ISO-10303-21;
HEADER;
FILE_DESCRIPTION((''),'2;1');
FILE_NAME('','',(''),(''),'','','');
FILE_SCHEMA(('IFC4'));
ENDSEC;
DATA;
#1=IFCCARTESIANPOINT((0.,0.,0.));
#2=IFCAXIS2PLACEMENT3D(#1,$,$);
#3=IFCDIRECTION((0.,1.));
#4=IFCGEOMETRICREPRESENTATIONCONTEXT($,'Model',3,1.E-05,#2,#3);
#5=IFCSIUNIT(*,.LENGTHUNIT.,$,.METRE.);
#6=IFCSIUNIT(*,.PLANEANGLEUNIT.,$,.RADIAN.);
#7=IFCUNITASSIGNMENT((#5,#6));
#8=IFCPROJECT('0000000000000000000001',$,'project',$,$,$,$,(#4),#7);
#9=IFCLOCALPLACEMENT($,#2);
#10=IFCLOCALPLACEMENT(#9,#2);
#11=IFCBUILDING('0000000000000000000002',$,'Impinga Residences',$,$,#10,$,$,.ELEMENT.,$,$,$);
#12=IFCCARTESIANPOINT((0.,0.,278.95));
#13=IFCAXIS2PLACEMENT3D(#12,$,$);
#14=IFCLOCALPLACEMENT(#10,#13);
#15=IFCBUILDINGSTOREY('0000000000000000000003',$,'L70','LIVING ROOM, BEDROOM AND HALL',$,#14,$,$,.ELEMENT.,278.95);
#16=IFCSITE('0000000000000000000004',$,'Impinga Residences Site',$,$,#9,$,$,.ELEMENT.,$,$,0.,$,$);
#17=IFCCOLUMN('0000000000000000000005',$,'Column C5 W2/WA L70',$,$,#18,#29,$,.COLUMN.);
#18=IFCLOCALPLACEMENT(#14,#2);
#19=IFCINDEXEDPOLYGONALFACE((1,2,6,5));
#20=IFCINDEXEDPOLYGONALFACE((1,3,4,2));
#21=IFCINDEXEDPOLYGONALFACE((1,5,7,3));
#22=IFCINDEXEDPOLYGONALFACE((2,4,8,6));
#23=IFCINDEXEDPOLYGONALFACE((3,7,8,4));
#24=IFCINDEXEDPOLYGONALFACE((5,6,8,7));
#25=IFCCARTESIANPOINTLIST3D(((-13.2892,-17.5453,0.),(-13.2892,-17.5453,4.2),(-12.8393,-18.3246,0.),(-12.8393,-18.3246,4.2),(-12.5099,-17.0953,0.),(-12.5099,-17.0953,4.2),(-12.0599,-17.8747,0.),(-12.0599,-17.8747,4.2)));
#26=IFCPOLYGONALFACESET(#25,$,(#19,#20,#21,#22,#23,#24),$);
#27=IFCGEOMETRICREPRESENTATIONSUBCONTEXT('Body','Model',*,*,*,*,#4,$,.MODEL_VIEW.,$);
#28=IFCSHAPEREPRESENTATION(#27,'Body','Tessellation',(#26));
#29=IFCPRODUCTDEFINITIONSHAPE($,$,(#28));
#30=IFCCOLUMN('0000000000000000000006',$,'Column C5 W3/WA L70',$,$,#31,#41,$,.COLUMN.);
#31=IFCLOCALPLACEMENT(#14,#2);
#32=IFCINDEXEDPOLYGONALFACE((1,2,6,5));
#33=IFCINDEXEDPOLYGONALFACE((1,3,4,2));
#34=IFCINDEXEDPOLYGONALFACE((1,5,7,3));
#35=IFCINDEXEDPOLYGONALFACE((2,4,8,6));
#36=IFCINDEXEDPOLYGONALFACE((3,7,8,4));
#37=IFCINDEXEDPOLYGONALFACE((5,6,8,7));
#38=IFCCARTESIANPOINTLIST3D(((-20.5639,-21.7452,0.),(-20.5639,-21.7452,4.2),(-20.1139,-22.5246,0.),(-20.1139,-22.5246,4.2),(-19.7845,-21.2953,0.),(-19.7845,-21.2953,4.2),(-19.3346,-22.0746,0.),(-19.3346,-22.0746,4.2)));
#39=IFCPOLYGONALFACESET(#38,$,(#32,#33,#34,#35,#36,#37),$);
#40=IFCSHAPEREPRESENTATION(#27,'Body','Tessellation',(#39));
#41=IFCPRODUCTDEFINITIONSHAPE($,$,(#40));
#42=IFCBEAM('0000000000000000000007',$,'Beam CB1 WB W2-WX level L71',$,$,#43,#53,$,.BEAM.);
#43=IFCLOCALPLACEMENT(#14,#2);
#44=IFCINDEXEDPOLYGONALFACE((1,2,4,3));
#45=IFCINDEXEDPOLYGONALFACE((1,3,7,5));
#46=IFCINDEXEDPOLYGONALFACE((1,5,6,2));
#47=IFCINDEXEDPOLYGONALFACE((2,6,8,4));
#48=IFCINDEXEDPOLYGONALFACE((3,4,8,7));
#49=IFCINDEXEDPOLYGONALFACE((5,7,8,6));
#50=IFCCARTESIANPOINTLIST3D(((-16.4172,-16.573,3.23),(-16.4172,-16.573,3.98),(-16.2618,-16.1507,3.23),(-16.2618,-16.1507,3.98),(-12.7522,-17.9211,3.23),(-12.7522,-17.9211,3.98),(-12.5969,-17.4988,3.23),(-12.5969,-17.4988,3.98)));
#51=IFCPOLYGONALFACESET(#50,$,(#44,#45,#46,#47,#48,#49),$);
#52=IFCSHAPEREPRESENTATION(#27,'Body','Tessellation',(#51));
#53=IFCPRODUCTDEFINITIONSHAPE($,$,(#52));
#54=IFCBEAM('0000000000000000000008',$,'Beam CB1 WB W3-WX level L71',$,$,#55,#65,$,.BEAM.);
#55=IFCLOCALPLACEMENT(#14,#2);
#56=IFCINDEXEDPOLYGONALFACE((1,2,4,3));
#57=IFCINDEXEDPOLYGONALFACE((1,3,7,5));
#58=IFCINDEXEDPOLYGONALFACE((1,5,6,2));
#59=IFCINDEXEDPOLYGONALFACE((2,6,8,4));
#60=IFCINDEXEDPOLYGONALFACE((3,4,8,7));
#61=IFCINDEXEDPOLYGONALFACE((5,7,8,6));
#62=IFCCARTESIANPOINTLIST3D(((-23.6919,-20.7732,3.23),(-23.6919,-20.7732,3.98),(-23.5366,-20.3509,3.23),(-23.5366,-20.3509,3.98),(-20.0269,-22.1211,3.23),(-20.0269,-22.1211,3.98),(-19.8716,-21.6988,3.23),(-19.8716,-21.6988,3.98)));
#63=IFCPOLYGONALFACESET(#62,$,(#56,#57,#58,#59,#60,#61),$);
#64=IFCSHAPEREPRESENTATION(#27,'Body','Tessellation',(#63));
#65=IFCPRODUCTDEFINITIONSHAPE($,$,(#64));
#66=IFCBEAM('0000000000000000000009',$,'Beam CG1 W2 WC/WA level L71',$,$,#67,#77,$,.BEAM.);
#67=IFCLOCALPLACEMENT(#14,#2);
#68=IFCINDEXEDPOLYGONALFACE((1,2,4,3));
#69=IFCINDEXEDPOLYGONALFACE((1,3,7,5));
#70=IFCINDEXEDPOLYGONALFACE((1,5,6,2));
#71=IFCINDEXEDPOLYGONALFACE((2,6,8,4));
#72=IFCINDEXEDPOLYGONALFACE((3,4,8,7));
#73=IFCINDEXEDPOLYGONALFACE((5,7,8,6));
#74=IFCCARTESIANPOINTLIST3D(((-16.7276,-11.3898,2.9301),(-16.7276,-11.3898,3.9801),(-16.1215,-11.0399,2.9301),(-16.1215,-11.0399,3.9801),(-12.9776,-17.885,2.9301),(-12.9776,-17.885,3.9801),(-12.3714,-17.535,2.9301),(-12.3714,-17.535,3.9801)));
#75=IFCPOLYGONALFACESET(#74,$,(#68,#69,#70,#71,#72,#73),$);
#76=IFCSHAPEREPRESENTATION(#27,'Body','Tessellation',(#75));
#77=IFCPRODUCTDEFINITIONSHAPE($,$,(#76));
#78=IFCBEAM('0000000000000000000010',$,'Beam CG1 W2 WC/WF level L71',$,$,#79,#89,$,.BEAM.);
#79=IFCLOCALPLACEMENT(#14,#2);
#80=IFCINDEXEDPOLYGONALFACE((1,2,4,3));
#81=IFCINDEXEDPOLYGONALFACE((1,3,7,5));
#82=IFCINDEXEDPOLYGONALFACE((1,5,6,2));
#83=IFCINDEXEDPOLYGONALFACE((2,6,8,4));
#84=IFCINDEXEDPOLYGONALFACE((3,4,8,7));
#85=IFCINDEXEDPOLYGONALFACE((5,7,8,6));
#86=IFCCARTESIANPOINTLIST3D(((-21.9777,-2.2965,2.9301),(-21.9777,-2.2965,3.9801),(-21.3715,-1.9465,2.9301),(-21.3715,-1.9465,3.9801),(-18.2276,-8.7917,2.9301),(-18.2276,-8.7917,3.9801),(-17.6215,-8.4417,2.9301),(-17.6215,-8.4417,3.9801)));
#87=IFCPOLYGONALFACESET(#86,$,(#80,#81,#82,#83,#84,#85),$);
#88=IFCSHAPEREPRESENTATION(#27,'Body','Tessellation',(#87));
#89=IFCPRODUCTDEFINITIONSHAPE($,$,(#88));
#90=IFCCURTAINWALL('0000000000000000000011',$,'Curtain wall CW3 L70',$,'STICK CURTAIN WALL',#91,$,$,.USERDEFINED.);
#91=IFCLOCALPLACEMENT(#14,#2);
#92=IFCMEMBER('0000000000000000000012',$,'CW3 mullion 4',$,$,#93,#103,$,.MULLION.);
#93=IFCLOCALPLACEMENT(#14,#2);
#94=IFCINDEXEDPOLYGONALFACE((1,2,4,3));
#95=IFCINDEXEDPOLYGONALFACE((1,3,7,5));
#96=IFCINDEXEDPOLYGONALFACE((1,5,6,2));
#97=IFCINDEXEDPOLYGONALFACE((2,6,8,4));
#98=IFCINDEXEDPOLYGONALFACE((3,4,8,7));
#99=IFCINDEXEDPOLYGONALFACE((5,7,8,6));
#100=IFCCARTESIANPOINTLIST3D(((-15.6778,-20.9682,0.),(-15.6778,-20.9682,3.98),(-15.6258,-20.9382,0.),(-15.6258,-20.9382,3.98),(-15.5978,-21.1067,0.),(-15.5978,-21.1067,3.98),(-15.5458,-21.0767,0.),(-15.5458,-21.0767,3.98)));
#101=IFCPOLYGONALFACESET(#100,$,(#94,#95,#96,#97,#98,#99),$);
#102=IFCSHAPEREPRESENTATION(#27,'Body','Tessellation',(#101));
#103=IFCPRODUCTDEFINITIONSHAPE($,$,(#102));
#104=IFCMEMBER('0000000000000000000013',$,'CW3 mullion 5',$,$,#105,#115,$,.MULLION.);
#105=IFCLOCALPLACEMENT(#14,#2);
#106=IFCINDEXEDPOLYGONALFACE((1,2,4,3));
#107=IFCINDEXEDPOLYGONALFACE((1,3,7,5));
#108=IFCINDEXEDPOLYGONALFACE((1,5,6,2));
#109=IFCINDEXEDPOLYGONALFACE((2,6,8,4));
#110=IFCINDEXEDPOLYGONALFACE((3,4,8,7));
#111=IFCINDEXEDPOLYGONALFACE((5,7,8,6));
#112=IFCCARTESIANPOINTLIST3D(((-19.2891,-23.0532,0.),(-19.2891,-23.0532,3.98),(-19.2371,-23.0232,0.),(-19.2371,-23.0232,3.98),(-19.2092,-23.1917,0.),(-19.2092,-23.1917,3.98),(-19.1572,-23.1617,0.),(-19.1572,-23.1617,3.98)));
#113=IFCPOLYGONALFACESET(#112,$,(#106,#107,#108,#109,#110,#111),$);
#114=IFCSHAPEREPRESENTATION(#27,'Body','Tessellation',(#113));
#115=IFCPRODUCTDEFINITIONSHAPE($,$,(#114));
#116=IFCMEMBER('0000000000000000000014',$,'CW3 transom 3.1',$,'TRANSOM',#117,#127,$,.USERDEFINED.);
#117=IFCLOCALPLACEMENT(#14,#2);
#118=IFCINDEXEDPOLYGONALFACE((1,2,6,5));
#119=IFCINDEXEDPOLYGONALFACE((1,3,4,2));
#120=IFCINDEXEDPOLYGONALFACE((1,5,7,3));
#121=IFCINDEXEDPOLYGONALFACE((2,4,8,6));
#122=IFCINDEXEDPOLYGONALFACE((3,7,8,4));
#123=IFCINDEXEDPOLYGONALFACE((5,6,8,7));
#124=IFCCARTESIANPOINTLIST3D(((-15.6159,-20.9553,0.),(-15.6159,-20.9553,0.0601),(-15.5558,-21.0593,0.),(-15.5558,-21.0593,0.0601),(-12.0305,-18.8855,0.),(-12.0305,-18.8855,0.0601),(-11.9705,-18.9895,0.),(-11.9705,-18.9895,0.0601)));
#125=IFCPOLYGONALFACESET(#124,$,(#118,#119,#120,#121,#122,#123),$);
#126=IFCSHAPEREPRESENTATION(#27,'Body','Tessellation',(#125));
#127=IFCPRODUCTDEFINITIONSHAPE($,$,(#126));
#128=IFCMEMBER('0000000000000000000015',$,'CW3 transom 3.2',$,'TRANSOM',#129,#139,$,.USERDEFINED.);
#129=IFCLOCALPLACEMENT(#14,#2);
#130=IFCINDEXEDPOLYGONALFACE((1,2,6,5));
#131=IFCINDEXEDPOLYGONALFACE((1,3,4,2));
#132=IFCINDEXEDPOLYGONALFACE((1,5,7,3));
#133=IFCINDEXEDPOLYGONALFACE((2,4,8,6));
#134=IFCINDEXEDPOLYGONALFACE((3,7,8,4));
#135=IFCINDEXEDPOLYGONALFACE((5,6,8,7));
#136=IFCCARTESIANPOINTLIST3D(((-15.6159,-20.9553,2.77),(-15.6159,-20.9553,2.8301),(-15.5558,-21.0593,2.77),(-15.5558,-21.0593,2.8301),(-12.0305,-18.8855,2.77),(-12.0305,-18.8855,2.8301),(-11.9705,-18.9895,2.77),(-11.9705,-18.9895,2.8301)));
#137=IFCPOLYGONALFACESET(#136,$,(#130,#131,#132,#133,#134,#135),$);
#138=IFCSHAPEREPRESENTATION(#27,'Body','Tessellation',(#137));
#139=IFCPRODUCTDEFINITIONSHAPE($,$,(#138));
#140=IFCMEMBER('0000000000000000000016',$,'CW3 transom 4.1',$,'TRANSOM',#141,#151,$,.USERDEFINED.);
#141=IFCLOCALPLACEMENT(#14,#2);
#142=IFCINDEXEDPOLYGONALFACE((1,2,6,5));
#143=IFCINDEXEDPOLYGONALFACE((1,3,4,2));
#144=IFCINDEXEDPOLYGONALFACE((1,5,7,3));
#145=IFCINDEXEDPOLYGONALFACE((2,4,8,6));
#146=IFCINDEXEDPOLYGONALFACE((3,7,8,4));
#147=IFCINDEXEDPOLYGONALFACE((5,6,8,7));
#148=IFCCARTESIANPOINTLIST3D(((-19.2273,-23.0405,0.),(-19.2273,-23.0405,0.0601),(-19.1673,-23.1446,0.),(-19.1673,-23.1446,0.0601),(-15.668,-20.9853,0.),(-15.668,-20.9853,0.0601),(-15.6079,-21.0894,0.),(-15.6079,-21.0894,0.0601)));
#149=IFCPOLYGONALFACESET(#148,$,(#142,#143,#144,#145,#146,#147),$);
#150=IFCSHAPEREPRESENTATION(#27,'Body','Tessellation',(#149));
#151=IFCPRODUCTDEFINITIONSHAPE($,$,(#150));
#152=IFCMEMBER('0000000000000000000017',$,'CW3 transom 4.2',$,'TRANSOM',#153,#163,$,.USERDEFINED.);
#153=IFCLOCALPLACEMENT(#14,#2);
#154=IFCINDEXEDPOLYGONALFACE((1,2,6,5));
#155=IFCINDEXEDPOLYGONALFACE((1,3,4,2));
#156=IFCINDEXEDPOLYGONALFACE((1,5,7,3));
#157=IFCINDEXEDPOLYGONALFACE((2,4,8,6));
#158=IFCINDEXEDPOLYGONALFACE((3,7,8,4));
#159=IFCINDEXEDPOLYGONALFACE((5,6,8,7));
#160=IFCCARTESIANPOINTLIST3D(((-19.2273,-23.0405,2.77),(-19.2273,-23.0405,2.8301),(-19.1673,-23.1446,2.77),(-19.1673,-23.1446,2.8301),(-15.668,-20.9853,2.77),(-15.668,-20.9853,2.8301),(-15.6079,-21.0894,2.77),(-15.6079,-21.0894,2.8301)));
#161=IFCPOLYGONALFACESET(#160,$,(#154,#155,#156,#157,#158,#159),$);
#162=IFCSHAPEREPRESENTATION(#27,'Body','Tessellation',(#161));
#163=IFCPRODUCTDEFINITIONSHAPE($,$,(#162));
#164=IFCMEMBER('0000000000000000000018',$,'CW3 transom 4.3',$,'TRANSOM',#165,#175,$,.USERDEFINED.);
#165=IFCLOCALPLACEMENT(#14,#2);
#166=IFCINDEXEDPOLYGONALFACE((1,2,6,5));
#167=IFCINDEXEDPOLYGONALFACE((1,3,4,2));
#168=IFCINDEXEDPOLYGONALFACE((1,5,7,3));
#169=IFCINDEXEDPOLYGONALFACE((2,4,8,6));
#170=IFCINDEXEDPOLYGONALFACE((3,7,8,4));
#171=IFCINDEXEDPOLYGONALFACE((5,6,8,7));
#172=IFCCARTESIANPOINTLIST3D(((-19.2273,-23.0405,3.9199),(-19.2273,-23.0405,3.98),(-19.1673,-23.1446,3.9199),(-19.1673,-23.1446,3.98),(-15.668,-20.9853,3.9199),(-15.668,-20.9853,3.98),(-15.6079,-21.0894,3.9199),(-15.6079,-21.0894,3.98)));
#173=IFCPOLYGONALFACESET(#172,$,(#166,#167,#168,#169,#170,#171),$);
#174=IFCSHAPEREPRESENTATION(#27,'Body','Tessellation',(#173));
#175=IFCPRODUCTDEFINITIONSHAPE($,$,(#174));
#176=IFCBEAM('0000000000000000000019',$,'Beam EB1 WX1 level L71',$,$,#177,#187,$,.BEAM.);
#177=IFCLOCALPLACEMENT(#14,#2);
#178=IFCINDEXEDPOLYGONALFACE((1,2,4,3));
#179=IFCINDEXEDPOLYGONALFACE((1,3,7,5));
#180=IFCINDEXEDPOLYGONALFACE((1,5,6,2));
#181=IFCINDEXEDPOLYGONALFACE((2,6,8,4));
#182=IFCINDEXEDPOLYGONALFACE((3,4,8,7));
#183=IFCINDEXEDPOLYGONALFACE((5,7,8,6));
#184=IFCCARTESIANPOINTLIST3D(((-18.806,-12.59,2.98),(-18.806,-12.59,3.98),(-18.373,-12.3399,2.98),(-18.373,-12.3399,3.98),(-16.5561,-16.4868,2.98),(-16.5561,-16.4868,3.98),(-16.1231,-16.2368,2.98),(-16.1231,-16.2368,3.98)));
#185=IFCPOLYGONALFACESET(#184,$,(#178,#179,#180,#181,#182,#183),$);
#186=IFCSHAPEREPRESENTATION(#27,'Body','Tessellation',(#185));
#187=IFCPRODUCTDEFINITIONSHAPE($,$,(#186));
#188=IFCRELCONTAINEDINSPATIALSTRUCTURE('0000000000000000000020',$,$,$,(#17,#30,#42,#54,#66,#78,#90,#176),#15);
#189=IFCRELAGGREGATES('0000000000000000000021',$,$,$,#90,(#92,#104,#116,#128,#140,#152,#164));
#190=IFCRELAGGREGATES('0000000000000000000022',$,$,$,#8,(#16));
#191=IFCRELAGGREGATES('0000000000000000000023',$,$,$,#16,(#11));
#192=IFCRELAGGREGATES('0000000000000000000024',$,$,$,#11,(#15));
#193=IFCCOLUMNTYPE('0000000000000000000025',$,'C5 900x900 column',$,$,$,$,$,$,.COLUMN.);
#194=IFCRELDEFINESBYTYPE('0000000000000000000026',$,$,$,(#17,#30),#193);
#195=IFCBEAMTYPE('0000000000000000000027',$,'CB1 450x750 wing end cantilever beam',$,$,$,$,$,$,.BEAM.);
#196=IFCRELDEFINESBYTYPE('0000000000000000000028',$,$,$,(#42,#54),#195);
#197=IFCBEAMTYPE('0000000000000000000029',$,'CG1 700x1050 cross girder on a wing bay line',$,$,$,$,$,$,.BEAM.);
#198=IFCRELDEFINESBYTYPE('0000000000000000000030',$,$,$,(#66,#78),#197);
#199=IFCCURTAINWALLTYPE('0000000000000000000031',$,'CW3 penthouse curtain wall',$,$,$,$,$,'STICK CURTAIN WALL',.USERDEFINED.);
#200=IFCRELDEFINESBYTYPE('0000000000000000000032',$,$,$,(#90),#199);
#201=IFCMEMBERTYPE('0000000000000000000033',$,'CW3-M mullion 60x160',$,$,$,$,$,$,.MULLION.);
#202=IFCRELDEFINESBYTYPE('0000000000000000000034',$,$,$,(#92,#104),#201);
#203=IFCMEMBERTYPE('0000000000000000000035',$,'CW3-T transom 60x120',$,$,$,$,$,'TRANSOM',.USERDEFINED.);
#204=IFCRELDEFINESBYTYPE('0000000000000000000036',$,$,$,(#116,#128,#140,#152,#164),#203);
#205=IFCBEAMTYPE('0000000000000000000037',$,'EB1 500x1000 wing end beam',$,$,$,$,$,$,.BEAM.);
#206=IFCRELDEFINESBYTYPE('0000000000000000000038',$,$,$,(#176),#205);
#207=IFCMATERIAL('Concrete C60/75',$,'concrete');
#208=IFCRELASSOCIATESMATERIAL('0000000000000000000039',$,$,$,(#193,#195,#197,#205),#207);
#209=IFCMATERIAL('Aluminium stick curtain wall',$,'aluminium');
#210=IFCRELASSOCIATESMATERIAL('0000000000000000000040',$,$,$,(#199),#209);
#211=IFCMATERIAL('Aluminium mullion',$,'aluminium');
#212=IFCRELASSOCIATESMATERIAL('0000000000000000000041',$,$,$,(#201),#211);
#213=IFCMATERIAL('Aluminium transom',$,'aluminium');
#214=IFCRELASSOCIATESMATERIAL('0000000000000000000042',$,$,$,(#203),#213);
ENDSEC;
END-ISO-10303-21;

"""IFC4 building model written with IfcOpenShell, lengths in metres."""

from ifc_helpers import new_model, si_unit, direction, frame, origin, origin_2d, place, context, subcontext, project, spatial, rectangle, extrude, material, material_profile, profile_set, type_object, element, aggregate, save


model = new_model("IFC4")

# Units and contexts
model_context = context("Model", 3, precision=1e-05, world=origin(), true_north=direction((0.0, 1.0)))
body_context = subcontext(model_context, "Body", "Model", "MODEL_VIEW")
ifc_project = project(units=[si_unit("LENGTHUNIT", "METRE"), si_unit("PLANEANGLEUNIT", "RADIAN")], contexts=[model_context])

# Site, building, storey
site_placement = place(None, origin())
site = spatial("IfcSite", under=ifc_project, at=site_placement, Name="Impinga Residences Site", CompositionType="ELEMENT", RefElevation=0.0)
building_placement = place(site_placement, origin())
building = spatial("IfcBuilding", under=site, at=building_placement, Name="Impinga Residences", CompositionType="ELEMENT")
storey_placement = place(building_placement, frame((0.0, 0.0, 278.95)))
storey = spatial("IfcBuildingStorey", under=building, at=storey_placement, Name="L70", Description="LIVING ROOM, BEDROOM AND HALL", CompositionType="ELEMENT", Elevation=278.95)

# Columns
ifc_material_1 = material(Name="Concrete C60/75", Category="concrete")
ifc_material_profile_1 = material_profile(ifc_material_1, rectangle(XDim=0.8999, YDim=0.8999, at=origin_2d()), Name="RC 900x900")
ifc_profile_set_1 = profile_set([ifc_material_profile_1], Name="Concrete C60/75")
column_type = type_object("IfcColumnType", Name="C5 900x900 column", PredefinedType="COLUMN", material=ifc_profile_set_1)
for number, where, z_axis, x_axis, name in (
    (1, (-12.6746, -17.71, 0.0), (0.0, 0.0, 1.0), (-0.5, 0.866025, 0.0), "Column C5 W2/WA L70"),
    (2, (-19.9492, -21.9099, 0.0), (0.0, 0.0, 1.0), (-0.5, 0.866025, 0.0), "Column C5 W3/WA L70"),
):
    element("IfcColumn", number, at=place(storey_placement, frame(where, z_axis=z_axis, x_axis=x_axis)), inside=storey, type_object=column_type, Name=name, PredefinedType="COLUMN", context=body_context, shape_type="SweptSolid", body=[
        extrude(rectangle(XDim=0.8999, YDim=0.8999, at=origin_2d()), origin(), (0.0, 0.0, 1.0), 4.2),
    ])

# Beams
ifc_material_profile_2 = material_profile(ifc_material_1, rectangle(XDim=0.45, YDim=0.75, at=origin_2d()), Name="RC 450x750")
ifc_profile_set_2 = profile_set([ifc_material_profile_2], Name="Concrete C60/75")
beam_type_1 = type_object("IfcBeamType", Name="CB1 450x750 wing end cantilever beam", PredefinedType="BEAM", material=ifc_profile_set_2)
for number, where, z_axis, x_axis, name in (
    (3, (-12.6746, -17.71, 3.605), (-0.93852, 0.345224, 0.0), (-0.345224, -0.93852, 0.0), "Beam CB1 WB W2-WX level L71"),
    (4, (-19.9492, -21.9099, 3.605), (-0.93854, 0.345169, 0.0), (-0.345169, -0.93854, 0.0), "Beam CB1 WB W3-WX level L71"),
):
    element("IfcBeam", number, at=place(storey_placement, frame(where, z_axis=z_axis, x_axis=x_axis)), inside=storey, type_object=beam_type_1, Name=name, PredefinedType="BEAM", context=body_context, shape_type="SweptSolid", body=[
        extrude(rectangle(XDim=0.45, YDim=0.75, at=origin_2d()), origin(), (0.0, 0.0, 1.0), 3.905),
    ])
ifc_material_profile_3 = material_profile(ifc_material_1, rectangle(XDim=0.7, YDim=1.05, at=origin_2d()), Name="RC 700x1050")
ifc_profile_set_3 = profile_set([ifc_material_profile_3], Name="Concrete C60/75")
beam_type_2 = type_object("IfcBeamType", Name="CG1 700x1050 cross girder on a wing bay line", PredefinedType="BEAM", material=ifc_profile_set_3)
for number, where, z_axis, x_axis, name in (
    (5, (-16.4246, -11.2148, 3.4551), (0.500004, -0.866023, 0.0), (0.866023, 0.500004, 0.0), "Beam CG1 W2 WC/WA level L71"),
    (6, (-17.9246, -8.6167, 3.4551), (-0.500004, 0.866023, 0.0), (-0.866023, -0.500004, 0.0), "Beam CG1 W2 WC/WF level L71"),
):
    element("IfcBeam", number, at=place(storey_placement, frame(where, z_axis=z_axis, x_axis=x_axis)), inside=storey, type_object=beam_type_2, Name=name, PredefinedType="BEAM", context=body_context, shape_type="SweptSolid", body=[
        extrude(rectangle(XDim=0.7, YDim=1.05, at=origin_2d()), origin(), (0.0, 0.0, 1.0), 7.5),
    ])

# Curtain wall, members
ifc_material_2 = material(Name="Aluminium stick curtain wall", Category="aluminium")
curtain_wall_type = type_object("IfcCurtainWallType", Name="CW3 penthouse curtain wall", ElementType="STICK CURTAIN WALL", PredefinedType="USERDEFINED", material=ifc_material_2)
curtain_wall_placement = place(storey_placement, origin())
curtain_wall = element("IfcCurtainWall", 7, at=curtain_wall_placement, inside=storey, type_object=curtain_wall_type, Name="Curtain wall CW3 L70", ObjectType="STICK CURTAIN WALL", PredefinedType="USERDEFINED")
ifc_material_3 = material(Name="Aluminium mullion", Category="aluminium")
ifc_material_profile_4 = material_profile(ifc_material_3, rectangle(XDim=0.0601, YDim=0.1599, at=origin_2d()), Name="60x160 mullion")
ifc_profile_set_4 = profile_set([ifc_material_profile_4], Name="Aluminium mullion")
member_type_1 = type_object("IfcMemberType", Name="CW3-M mullion 60x160", PredefinedType="MULLION", material=ifc_profile_set_4)
member_1_placement = place(storey_placement, frame((-15.6118, -21.0225, 0.0), z_axis=(0.0, 0.0, 1.0), x_axis=(-0.866025, -0.5, 0.0)))
member_1 = element("IfcMember", 8, at=member_1_placement, type_object=member_type_1, Name="CW3 mullion 4", PredefinedType="MULLION", context=body_context, shape_type="SweptSolid", body=[
    extrude(rectangle(XDim=0.0601, YDim=0.1599, at=origin_2d()), origin(), (0.0, 0.0, 1.0), 3.98),
])
member_2_placement = place(storey_placement, frame((-19.2231, -23.1074, 0.0), z_axis=(0.0, 0.0, 1.0), x_axis=(-0.866025, -0.5, 0.0)))
member_2 = element("IfcMember", 9, at=member_2_placement, type_object=member_type_1, Name="CW3 mullion 5", PredefinedType="MULLION", context=body_context, shape_type="SweptSolid", body=[
    extrude(rectangle(XDim=0.0601, YDim=0.1599, at=origin_2d()), origin(), (0.0, 0.0, 1.0), 3.98),
])
ifc_material_4 = material(Name="Aluminium transom", Category="aluminium")
ifc_material_profile_5 = material_profile(ifc_material_4, rectangle(XDim=0.0601, YDim=0.1201, at=origin_2d()), Name="60x120 transom")
ifc_profile_set_5 = profile_set([ifc_material_profile_5], Name="Aluminium transom")
member_type_2 = type_object("IfcMemberType", Name="CW3-T transom 60x120", ElementType="TRANSOM", PredefinedType="USERDEFINED", material=ifc_profile_set_5)
member_3_placement = place(storey_placement, frame((-12.0005, -18.9375, 0.03), z_axis=(-0.86605, -0.499957, 0.0), x_axis=(0.0, 0.0, 1.0)))
member_3 = element("IfcMember", 10, at=member_3_placement, type_object=member_type_2, Name="CW3 transom 3.1", ObjectType="TRANSOM", PredefinedType="USERDEFINED", context=body_context, shape_type="SweptSolid", body=[
    extrude(rectangle(XDim=0.0601, YDim=0.1201, at=origin_2d()), origin(), (0.0, 0.0, 1.0), 4.1399),
])
member_4_placement = place(storey_placement, frame((-12.0005, -18.9375, 2.8), z_axis=(-0.86605, -0.499957, 0.0), x_axis=(0.0, 0.0, 1.0)))
member_4 = element("IfcMember", 11, at=member_4_placement, type_object=member_type_2, Name="CW3 transom 3.2", ObjectType="TRANSOM", PredefinedType="USERDEFINED", context=body_context, shape_type="SweptSolid", body=[
    extrude(rectangle(XDim=0.0601, YDim=0.1201, at=origin_2d()), origin(), (0.0, 0.0, 1.0), 4.1399),
])
member_5_placement = place(storey_placement, frame((-15.6379, -21.0374, 0.03), z_axis=(-0.866005, -0.500036, 0.0), x_axis=(0.0, 0.0, 1.0)))
member_5 = element("IfcMember", 12, at=member_5_placement, type_object=member_type_2, Name="CW3 transom 4.1", ObjectType="TRANSOM", PredefinedType="USERDEFINED", context=body_context, shape_type="SweptSolid", body=[
    extrude(rectangle(XDim=0.0601, YDim=0.1201, at=origin_2d()), origin(), (0.0, 0.0, 1.0), 4.1101),
])
member_6_placement = place(storey_placement, frame((-15.6379, -21.0374, 2.8), z_axis=(-0.866005, -0.500036, 0.0), x_axis=(0.0, 0.0, 1.0)))
member_6 = element("IfcMember", 13, at=member_6_placement, type_object=member_type_2, Name="CW3 transom 4.2", ObjectType="TRANSOM", PredefinedType="USERDEFINED", context=body_context, shape_type="SweptSolid", body=[
    extrude(rectangle(XDim=0.0601, YDim=0.1201, at=origin_2d()), origin(), (0.0, 0.0, 1.0), 4.1101),
])
member_7_placement = place(storey_placement, frame((-15.6379, -21.0374, 3.95), z_axis=(-0.866005, -0.500036, 0.0), x_axis=(0.0, 0.0, 1.0)))
member_7 = element("IfcMember", 14, at=member_7_placement, type_object=member_type_2, Name="CW3 transom 4.3", ObjectType="TRANSOM", PredefinedType="USERDEFINED", context=body_context, shape_type="SweptSolid", body=[
    extrude(rectangle(XDim=0.0601, YDim=0.1201, at=origin_2d()), origin(), (0.0, 0.0, 1.0), 4.1101),
])

# Beam
ifc_material_profile_6 = material_profile(ifc_material_1, rectangle(XDim=0.5, YDim=1.0, at=origin_2d()), Name="RC 500x1000")
ifc_profile_set_6 = profile_set([ifc_material_profile_6], Name="Concrete C60/75")
beam_type_3 = type_object("IfcBeamType", Name="EB1 500x1000 wing end beam", PredefinedType="BEAM", material=ifc_profile_set_6)
beam_1_placement = place(storey_placement, frame((-16.3396, -16.3618, 3.48), z_axis=(-0.500014, 0.866018, 0.0), x_axis=(-0.866018, -0.500014, 0.0)))
element("IfcBeam", 15, at=beam_1_placement, inside=storey, type_object=beam_type_3, Name="Beam EB1 WX1 level L71", PredefinedType="BEAM", context=body_context, shape_type="SweptSolid", body=[
    extrude(rectangle(XDim=0.5, YDim=1.0, at=origin_2d()), origin(), (0.0, 0.0, 1.0), 4.4998),
])

aggregate(curtain_wall, [member_1, member_2, member_3, member_4, member_5, member_6, member_7])

save(model, "model.ifc")
